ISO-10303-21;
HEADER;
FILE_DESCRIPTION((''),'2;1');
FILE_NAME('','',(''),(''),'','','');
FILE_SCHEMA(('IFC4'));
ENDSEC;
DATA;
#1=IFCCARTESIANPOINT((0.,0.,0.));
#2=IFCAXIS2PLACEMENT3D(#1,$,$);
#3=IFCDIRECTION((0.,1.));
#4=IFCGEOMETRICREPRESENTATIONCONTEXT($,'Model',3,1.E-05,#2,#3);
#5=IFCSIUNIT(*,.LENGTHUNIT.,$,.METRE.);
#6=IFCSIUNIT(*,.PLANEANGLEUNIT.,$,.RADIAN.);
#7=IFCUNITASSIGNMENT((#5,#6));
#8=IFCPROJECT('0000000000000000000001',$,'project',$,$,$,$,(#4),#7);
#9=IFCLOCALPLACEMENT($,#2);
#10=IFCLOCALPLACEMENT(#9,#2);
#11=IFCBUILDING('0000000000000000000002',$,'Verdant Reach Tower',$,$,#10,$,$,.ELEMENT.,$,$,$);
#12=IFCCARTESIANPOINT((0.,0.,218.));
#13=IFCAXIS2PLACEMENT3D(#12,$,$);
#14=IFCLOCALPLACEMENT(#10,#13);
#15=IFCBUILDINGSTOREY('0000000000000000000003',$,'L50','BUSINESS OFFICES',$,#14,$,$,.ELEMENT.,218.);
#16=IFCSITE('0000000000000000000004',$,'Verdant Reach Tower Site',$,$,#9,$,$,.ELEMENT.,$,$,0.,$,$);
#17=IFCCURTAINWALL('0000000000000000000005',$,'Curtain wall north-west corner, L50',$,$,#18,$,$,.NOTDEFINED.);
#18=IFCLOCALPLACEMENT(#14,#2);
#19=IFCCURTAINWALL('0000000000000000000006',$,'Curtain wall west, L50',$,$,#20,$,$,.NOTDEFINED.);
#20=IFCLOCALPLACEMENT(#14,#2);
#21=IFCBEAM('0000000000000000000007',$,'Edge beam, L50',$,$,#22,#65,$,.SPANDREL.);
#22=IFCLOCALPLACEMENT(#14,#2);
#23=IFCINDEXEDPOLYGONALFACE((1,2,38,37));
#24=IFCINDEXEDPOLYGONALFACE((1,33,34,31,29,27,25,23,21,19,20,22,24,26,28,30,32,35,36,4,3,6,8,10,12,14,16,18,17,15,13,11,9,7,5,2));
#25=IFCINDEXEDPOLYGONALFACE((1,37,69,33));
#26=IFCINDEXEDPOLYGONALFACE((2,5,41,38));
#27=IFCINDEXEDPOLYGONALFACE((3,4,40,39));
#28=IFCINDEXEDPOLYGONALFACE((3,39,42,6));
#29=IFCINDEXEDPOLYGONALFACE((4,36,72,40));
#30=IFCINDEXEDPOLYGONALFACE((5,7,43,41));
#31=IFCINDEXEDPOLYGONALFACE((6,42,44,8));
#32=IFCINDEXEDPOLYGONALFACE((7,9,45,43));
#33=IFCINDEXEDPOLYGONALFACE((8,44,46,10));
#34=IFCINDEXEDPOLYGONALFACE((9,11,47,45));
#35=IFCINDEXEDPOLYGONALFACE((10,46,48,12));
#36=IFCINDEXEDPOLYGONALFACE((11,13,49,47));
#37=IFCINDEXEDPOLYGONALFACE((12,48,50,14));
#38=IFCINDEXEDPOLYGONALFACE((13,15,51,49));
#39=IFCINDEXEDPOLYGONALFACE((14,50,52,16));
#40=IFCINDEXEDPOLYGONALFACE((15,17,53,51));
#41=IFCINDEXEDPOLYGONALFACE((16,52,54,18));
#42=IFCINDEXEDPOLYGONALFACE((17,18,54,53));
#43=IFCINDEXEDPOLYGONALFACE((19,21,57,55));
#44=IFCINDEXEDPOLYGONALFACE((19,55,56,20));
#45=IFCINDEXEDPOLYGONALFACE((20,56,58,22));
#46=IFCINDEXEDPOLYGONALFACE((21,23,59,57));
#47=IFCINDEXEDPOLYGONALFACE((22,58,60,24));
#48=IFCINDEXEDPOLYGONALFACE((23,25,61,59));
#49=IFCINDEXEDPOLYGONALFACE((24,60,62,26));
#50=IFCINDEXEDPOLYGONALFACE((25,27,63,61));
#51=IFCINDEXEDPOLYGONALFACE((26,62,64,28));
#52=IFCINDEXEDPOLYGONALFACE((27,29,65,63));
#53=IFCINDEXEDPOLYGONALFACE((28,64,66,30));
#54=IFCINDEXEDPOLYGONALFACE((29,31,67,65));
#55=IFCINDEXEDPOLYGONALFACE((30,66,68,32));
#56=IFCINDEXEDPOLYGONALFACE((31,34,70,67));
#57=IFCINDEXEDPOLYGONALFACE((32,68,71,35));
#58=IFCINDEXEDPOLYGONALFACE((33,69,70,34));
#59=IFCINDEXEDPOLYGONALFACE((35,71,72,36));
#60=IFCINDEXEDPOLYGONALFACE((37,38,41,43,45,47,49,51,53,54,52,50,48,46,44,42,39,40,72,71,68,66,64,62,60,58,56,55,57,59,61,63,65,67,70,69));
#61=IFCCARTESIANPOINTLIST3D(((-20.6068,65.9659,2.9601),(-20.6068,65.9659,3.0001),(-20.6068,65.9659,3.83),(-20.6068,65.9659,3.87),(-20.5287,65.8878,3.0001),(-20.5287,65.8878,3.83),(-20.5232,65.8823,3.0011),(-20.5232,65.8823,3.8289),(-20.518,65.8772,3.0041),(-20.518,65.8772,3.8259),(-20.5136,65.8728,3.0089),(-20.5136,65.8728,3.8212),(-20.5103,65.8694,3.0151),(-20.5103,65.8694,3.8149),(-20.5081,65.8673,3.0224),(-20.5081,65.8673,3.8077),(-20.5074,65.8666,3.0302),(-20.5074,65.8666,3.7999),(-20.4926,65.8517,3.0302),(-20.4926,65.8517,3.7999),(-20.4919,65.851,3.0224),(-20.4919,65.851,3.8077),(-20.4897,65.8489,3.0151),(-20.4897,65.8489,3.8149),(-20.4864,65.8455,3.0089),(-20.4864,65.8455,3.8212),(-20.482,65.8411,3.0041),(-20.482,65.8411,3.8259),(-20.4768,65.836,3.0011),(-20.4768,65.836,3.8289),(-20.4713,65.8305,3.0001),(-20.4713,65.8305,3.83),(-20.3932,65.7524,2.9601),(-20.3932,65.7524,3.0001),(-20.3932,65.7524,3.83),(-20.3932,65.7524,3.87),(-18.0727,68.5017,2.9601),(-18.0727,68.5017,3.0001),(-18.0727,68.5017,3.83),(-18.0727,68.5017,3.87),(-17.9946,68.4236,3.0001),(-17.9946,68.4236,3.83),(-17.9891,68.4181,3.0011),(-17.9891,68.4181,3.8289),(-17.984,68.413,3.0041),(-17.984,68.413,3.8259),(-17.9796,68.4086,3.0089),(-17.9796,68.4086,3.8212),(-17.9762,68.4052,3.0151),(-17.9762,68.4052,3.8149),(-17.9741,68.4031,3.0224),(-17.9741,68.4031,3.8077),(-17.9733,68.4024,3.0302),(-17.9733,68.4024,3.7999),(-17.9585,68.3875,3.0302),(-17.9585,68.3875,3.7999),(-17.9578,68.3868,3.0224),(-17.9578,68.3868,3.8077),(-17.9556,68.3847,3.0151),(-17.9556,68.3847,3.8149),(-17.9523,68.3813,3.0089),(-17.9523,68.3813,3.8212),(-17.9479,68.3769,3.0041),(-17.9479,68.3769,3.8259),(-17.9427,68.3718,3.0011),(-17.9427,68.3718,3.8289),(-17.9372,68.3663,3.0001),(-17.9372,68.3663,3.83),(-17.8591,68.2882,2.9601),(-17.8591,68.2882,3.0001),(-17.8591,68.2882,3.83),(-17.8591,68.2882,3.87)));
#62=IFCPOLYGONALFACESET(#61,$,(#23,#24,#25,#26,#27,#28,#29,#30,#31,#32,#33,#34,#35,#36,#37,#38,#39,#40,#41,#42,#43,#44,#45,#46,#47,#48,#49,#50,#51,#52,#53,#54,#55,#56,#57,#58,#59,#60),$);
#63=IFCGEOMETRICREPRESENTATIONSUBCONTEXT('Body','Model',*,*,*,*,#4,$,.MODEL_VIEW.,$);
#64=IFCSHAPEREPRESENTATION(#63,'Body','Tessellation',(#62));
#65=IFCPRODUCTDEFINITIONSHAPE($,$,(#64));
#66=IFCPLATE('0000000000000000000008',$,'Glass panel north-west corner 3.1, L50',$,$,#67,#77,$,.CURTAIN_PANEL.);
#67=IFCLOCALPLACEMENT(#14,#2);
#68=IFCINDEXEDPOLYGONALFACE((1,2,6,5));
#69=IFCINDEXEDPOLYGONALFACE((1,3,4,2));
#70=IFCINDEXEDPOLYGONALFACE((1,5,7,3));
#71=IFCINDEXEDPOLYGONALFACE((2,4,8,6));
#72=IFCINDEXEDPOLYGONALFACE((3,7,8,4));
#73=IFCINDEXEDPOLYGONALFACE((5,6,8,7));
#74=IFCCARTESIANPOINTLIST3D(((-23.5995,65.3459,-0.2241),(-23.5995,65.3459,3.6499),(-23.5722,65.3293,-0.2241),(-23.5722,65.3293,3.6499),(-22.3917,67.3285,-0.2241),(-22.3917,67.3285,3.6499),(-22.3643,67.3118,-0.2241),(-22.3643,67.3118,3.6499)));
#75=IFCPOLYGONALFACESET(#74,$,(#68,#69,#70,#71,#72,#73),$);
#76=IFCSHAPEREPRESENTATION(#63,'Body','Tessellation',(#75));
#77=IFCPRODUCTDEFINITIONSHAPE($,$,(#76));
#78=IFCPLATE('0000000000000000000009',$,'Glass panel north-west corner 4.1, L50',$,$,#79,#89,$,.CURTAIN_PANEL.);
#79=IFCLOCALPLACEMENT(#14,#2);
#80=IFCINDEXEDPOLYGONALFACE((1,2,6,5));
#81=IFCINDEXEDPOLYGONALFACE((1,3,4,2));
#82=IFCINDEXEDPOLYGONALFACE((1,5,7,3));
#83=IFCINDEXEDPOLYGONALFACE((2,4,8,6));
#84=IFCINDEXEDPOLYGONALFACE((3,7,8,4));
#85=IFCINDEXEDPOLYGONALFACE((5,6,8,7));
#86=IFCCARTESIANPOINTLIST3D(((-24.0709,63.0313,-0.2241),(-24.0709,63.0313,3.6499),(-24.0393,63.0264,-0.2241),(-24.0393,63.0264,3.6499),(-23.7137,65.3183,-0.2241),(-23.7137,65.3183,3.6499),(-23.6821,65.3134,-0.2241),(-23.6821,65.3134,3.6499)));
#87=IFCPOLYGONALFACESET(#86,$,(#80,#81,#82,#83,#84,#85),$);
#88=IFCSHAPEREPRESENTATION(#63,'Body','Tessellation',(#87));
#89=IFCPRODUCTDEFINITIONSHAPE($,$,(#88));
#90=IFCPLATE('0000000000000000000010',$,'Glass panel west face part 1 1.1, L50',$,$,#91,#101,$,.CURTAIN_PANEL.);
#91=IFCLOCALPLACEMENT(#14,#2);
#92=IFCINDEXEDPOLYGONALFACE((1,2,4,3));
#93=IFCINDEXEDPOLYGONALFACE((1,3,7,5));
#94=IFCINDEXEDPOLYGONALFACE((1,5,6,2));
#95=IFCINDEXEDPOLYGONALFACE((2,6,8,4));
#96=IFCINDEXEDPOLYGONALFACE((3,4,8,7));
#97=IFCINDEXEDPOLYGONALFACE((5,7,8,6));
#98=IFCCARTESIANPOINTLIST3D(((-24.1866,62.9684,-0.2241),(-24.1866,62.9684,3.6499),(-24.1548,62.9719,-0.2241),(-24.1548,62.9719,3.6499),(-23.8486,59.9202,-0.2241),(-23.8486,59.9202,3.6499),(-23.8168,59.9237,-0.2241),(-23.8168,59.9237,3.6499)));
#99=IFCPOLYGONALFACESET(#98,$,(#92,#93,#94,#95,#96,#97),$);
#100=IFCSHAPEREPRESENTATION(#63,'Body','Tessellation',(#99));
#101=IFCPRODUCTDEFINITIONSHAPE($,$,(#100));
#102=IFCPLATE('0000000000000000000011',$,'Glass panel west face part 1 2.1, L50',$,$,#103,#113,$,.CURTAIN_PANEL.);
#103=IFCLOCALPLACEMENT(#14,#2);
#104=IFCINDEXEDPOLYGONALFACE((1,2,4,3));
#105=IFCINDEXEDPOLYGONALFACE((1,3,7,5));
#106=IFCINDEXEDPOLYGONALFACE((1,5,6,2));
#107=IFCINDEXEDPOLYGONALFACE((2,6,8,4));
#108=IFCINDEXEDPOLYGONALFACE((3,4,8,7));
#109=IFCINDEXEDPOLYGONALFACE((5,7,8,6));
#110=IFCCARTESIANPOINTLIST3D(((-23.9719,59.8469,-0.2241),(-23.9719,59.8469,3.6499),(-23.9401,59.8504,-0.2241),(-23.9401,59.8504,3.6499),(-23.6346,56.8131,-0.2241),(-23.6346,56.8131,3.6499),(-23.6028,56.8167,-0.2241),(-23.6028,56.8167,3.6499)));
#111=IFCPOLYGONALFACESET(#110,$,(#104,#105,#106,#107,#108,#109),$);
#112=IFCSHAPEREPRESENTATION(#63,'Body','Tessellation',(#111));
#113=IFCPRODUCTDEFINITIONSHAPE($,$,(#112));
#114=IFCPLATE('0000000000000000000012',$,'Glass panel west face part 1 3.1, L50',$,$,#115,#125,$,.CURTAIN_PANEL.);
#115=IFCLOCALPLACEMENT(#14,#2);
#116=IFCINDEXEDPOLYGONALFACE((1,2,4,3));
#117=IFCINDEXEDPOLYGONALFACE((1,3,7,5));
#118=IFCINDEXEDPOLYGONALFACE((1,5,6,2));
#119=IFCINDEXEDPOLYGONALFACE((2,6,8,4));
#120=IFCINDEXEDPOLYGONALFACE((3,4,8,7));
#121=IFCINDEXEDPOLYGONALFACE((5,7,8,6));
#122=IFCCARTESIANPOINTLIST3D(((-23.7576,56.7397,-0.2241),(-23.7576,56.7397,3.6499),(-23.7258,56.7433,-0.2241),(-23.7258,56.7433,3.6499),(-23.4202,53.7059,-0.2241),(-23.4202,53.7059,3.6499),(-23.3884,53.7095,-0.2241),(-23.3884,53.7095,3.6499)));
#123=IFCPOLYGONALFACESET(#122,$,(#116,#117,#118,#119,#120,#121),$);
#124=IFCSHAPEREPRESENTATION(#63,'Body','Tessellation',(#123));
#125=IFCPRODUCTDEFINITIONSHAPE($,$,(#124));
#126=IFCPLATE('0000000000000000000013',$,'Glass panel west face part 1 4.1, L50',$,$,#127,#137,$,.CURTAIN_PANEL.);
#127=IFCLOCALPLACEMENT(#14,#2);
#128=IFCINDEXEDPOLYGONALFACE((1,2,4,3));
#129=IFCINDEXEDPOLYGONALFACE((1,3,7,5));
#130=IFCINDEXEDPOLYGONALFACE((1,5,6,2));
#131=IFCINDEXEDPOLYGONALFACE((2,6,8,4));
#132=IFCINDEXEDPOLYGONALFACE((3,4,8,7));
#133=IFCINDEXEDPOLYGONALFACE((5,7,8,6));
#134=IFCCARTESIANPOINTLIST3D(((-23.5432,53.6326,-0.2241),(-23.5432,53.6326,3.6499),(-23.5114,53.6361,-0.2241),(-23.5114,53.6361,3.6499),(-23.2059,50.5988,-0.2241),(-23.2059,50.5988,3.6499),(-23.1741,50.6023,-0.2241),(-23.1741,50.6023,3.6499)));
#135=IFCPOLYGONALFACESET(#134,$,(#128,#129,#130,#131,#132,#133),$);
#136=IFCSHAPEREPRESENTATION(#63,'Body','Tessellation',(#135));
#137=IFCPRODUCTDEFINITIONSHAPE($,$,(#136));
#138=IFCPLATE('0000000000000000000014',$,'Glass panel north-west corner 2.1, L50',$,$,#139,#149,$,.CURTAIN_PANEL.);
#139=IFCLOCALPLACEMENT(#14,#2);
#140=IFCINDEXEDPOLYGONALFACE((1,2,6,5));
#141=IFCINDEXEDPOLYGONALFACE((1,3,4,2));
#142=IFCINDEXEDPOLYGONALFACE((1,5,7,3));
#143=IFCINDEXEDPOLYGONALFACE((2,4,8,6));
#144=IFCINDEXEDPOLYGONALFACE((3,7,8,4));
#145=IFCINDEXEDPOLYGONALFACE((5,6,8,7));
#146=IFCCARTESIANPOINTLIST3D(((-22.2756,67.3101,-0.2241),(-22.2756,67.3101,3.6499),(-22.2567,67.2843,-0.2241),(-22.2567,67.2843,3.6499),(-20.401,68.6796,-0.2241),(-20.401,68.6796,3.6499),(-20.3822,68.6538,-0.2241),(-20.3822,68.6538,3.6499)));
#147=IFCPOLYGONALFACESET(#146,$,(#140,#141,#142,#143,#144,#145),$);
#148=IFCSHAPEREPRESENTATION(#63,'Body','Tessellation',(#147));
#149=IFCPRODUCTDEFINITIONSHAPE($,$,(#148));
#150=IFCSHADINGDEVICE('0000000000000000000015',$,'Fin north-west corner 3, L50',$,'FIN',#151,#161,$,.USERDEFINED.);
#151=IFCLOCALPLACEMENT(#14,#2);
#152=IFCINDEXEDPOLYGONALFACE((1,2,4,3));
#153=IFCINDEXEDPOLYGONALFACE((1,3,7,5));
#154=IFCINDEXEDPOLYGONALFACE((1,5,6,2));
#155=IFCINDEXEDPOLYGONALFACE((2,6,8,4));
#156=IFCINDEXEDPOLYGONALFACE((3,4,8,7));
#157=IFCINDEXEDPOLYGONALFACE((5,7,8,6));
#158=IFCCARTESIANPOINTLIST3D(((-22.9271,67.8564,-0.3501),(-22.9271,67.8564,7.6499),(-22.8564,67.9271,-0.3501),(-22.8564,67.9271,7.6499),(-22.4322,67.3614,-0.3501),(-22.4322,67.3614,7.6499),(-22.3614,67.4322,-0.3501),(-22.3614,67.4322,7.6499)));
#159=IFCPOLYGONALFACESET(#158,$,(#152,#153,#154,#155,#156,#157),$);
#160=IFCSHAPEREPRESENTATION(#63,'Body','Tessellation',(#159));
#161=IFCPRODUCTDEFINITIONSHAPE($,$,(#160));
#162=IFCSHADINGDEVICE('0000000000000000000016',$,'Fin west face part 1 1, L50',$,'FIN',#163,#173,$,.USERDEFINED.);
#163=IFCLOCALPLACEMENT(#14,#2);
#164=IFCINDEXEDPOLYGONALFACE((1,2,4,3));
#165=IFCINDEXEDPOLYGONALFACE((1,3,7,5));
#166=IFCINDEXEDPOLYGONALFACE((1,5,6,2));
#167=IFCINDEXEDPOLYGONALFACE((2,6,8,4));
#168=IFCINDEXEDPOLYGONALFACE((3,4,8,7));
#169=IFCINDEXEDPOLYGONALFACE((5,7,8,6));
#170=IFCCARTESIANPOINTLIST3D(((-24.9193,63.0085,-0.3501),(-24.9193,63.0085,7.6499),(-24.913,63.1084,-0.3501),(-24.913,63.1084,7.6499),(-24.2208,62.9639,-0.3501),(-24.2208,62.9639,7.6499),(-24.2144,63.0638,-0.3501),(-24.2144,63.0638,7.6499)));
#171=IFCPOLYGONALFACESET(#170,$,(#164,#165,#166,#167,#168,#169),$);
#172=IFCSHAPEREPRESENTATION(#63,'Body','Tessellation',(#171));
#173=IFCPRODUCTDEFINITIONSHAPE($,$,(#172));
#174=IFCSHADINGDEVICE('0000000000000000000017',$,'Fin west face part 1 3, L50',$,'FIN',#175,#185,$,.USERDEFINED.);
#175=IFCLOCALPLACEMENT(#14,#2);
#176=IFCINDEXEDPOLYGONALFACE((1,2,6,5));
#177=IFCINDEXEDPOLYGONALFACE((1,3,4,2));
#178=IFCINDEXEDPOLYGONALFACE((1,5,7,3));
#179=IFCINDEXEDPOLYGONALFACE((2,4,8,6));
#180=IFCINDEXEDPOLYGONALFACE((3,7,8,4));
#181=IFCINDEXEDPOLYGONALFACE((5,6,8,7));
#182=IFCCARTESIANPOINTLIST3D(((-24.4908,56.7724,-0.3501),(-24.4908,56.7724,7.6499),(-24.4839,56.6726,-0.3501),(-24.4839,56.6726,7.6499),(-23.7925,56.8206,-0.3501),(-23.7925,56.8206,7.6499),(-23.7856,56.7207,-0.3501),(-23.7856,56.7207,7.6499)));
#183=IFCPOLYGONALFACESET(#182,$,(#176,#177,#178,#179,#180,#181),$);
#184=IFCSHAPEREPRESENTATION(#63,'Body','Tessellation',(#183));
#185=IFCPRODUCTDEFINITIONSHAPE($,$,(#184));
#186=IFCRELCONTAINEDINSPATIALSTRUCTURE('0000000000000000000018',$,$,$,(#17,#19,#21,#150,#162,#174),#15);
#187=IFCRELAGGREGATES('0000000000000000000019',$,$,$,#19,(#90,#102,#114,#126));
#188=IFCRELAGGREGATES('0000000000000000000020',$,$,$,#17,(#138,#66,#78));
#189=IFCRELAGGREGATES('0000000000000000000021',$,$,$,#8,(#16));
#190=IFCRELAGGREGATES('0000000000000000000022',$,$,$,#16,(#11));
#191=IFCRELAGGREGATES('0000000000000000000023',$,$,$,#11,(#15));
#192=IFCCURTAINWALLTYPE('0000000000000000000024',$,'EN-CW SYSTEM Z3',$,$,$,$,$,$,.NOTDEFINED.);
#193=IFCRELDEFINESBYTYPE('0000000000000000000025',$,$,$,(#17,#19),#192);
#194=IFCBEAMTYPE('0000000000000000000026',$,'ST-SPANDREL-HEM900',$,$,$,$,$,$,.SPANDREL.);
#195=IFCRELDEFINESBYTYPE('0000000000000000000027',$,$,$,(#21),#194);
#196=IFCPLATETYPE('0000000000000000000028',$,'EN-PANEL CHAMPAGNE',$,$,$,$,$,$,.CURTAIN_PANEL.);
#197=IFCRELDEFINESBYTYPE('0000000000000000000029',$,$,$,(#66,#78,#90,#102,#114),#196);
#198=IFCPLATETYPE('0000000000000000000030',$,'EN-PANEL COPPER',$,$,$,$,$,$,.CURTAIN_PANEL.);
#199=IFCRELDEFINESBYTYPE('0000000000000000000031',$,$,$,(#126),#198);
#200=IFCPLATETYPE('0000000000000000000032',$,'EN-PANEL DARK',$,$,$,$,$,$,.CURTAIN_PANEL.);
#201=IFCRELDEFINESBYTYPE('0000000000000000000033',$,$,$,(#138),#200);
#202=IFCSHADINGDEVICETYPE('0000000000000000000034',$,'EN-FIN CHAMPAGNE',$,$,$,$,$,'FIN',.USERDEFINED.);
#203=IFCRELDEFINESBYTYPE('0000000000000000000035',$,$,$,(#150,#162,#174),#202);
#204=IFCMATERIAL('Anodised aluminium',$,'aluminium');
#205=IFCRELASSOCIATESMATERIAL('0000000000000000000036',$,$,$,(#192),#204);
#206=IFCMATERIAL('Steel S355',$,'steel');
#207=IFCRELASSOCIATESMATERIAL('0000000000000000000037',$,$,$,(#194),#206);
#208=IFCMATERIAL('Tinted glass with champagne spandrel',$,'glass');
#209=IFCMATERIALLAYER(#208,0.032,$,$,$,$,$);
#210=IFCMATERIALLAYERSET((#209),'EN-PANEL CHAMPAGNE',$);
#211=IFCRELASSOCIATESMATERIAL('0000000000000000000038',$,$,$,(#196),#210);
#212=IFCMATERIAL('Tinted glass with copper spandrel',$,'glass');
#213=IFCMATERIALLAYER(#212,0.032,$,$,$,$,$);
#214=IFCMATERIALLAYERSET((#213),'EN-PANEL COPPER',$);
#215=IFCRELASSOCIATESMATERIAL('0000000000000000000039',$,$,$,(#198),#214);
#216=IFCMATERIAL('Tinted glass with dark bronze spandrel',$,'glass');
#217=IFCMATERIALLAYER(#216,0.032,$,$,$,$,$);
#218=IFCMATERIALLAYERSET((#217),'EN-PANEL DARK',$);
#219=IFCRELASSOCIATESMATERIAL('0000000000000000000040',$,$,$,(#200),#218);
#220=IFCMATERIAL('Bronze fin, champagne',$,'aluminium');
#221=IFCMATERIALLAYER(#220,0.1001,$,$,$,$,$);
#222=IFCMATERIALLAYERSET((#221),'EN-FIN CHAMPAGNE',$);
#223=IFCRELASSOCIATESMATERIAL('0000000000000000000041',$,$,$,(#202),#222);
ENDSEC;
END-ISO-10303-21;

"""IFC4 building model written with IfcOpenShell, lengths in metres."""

from ifc_helpers import new_model, si_unit, direction, frame, origin, origin_2d, place, context, subcontext, project, spatial, rectangle, i_section, extrude, material, layer, layer_set, material_profile, profile_set, type_object, element, aggregate, save


model = new_model("IFC4")

# Units and contexts
model_context = context("Model", 3, precision=1e-05, world=origin(), true_north=direction((0.0, 1.0)))
body_context = subcontext(model_context, "Body", "Model", "MODEL_VIEW")
ifc_project = project(units=[si_unit("LENGTHUNIT", "METRE"), si_unit("PLANEANGLEUNIT", "RADIAN")], contexts=[model_context])

# Site, building, storey
site_placement = place(None, origin())
site = spatial("IfcSite", under=ifc_project, at=site_placement, Name="Verdant Reach Tower Site", CompositionType="ELEMENT", RefElevation=0.0)
building_placement = place(site_placement, origin())
building = spatial("IfcBuilding", under=site, at=building_placement, Name="Verdant Reach Tower", CompositionType="ELEMENT")
storey_placement = place(building_placement, frame((0.0, 0.0, 218.0)))
storey = spatial("IfcBuildingStorey", under=building, at=storey_placement, Name="L50", Description="BUSINESS OFFICES", CompositionType="ELEMENT", Elevation=218.0)

# Curtain walls
ifc_material_1 = material(Name="Anodised aluminium", Category="aluminium")
curtain_wall_type = type_object("IfcCurtainWallType", Name="EN-CW SYSTEM Z3", PredefinedType="NOTDEFINED", material=ifc_material_1)
curtain_wall_1_placement = place(storey_placement, origin())
curtain_wall_1 = element("IfcCurtainWall", 1, at=curtain_wall_1_placement, inside=storey, type_object=curtain_wall_type, Name="Curtain wall north-west corner, L50", PredefinedType="NOTDEFINED")
curtain_wall_2_placement = place(storey_placement, origin())
curtain_wall_2 = element("IfcCurtainWall", 2, at=curtain_wall_2_placement, inside=storey, type_object=curtain_wall_type, Name="Curtain wall west, L50", PredefinedType="NOTDEFINED")

# Beam
ifc_material_2 = material(Name="Steel S355", Category="steel")
ifc_material_profile_1 = material_profile(ifc_material_2, i_section(OverallWidth=0.302, OverallDepth=0.9099, WebThickness=0.021, FlangeThickness=0.04, FilletRadius=0.03, at=origin_2d()), Name="HEM 900")
ifc_profile_set_1 = profile_set([ifc_material_profile_1], Name="Steel S355")
beam_type = type_object("IfcBeamType", Name="ST-SPANDREL-HEM900", PredefinedType="SPANDREL", material=ifc_profile_set_1)
beam_1_placement = place(storey_placement, frame((-20.5, 65.8591, 3.415), z_axis=(0.706868, 0.707345, 0.0), x_axis=(-0.707345, 0.706868, 0.0)))
element("IfcBeam", 3, at=beam_1_placement, inside=storey, type_object=beam_type, Name="Edge beam, L50", PredefinedType="SPANDREL", context=body_context, shape_type="SweptSolid", body=[
    extrude(i_section(OverallWidth=0.302, OverallDepth=0.9099, WebThickness=0.021, FlangeThickness=0.04, FilletRadius=0.03, at=origin_2d()), origin(), (0.0, 0.0, 1.0), 3.585),
])

# Plates
ifc_material_3 = material(Name="Tinted glass with champagne spandrel", Category="glass")
ifc_layer_1 = layer(ifc_material_3, 0.032)
ifc_layer_set_1 = layer_set([ifc_layer_1], Name="EN-PANEL CHAMPAGNE")
plate_type_1 = type_object("IfcPlateType", Name="EN-PANEL CHAMPAGNE", PredefinedType="CURTAIN_PANEL", material=ifc_layer_set_1)
plate_1_placement = place(storey_placement, frame((-22.9819, 66.3289, -0.2241), z_axis=(0.0, 0.0, 1.0), x_axis=(-0.520292, -0.853989, 0.0)))
plate_1 = element("IfcPlate", 4, at=plate_1_placement, type_object=plate_type_1, Name="Glass panel north-west corner 3.1, L50", PredefinedType="CURTAIN_PANEL", context=body_context, shape_type="SweptSolid", body=[
    extrude(rectangle(XDim=2.3215, YDim=0.032, at=origin_2d()), origin(), (0.0, 0.0, 1.0), 3.874),
])
plate_2_placement = place(storey_placement, frame((-23.8765, 64.1724, -0.2241), z_axis=(0.0, 0.0, 1.0), x_axis=(-0.154312, -0.988022, 0.0)))
plate_2 = element("IfcPlate", 5, at=plate_2_placement, type_object=plate_type_1, Name="Glass panel north-west corner 4.1, L50", PredefinedType="CURTAIN_PANEL", context=body_context, shape_type="SweptSolid", body=[
    extrude(rectangle(XDim=2.3147, YDim=0.032, at=origin_2d()), origin(), (0.0, 0.0, 1.0), 3.874),
])
plate_3_placement = place(storey_placement, frame((-24.0017, 61.446, -0.2241), z_axis=(0.0, 0.0, 1.0), x_axis=(0.110214, -0.993908, 0.0)))
plate_3 = element("IfcPlate", 6, at=plate_3_placement, type_object=plate_type_1, Name="Glass panel west face part 1 1.1, L50", PredefinedType="CURTAIN_PANEL", context=body_context, shape_type="SweptSolid", body=[
    extrude(rectangle(XDim=3.0669, YDim=0.032, at=origin_2d()), origin(), (0.0, 0.0, 1.0), 3.874),
])
plate_4_placement = place(storey_placement, frame((-23.7874, 58.3318, -0.2241), z_axis=(0.0, 0.0, 1.0), x_axis=(0.110518, -0.993874, 0.0)))
plate_4 = element("IfcPlate", 7, at=plate_4_placement, type_object=plate_type_1, Name="Glass panel west face part 1 2.1, L50", PredefinedType="CURTAIN_PANEL", context=body_context, shape_type="SweptSolid", body=[
    extrude(rectangle(XDim=3.0525, YDim=0.032, at=origin_2d()), origin(), (0.0, 0.0, 1.0), 3.874),
])
plate_5_placement = place(storey_placement, frame((-23.573, 55.2246, -0.2241), z_axis=(0.0, 0.0, 1.0), x_axis=(0.110518, -0.993874, 0.0)))
plate_5 = element("IfcPlate", 8, at=plate_5_placement, type_object=plate_type_1, Name="Glass panel west face part 1 3.1, L50", PredefinedType="CURTAIN_PANEL", context=body_context, shape_type="SweptSolid", body=[
    extrude(rectangle(XDim=3.0525, YDim=0.032, at=origin_2d()), origin(), (0.0, 0.0, 1.0), 3.874),
])
ifc_material_4 = material(Name="Tinted glass with copper spandrel", Category="glass")
ifc_layer_2 = layer(ifc_material_4, 0.032)
ifc_layer_set_2 = layer_set([ifc_layer_2], Name="EN-PANEL COPPER")
plate_type_2 = type_object("IfcPlateType", Name="EN-PANEL COPPER", PredefinedType="CURTAIN_PANEL", material=ifc_layer_set_2)
plate_6_placement = place(storey_placement, frame((-23.3586, 52.1174, -0.2241), z_axis=(0.0, 0.0, 1.0), x_axis=(0.110518, -0.993874, 0.0)))
plate_6 = element("IfcPlate", 9, at=plate_6_placement, type_object=plate_type_2, Name="Glass panel west face part 1 4.1, L50", PredefinedType="CURTAIN_PANEL", context=body_context, shape_type="SweptSolid", body=[
    extrude(rectangle(XDim=3.0525, YDim=0.032, at=origin_2d()), origin(), (0.0, 0.0, 1.0), 3.874),
])
aggregate(curtain_wall_2, [plate_3, plate_4, plate_5, plate_6])
ifc_material_5 = material(Name="Tinted glass with dark bronze spandrel", Category="glass")
ifc_layer_3 = layer(ifc_material_5, 0.032)
ifc_layer_set_3 = layer_set([ifc_layer_3], Name="EN-PANEL DARK")
plate_type_3 = type_object("IfcPlateType", Name="EN-PANEL DARK", PredefinedType="CURTAIN_PANEL", material=ifc_layer_set_3)
plate_7_placement = place(storey_placement, frame((-21.3289, 67.9819, -0.2241), z_axis=(0.0, 0.0, 1.0), x_axis=(-0.807457, -0.589927, 0.0)))
plate_7 = element("IfcPlate", 10, at=plate_7_placement, type_object=plate_type_3, Name="Glass panel north-west corner 2.1, L50", PredefinedType="CURTAIN_PANEL", context=body_context, shape_type="SweptSolid", body=[
    extrude(rectangle(XDim=2.3215, YDim=0.032, at=origin_2d()), origin(), (0.0, 0.0, 1.0), 3.874),
])
aggregate(curtain_wall_1, [plate_7, plate_1, plate_2])

# Shading devices
ifc_material_6 = material(Name="Bronze fin, champagne", Category="aluminium")
ifc_layer_4 = layer(ifc_material_6, 0.1001)
ifc_layer_set_4 = layer_set([ifc_layer_4], Name="EN-FIN CHAMPAGNE")
shading_device_type_1 = type_object("IfcShadingDeviceType", Name="EN-FIN CHAMPAGNE", ElementType="FIN", PredefinedType="USERDEFINED", material=ifc_layer_set_4)
for number, where, z_axis, x_axis, name in (
    (11, (-22.6443, 67.6443, -0.3501), (0.0, 0.0, 1.0), (-0.707107, -0.707107, 0.0), "Fin north-west corner 3, L50"),
    (12, (-24.5669, 63.0361, -0.3501), (0.0, 0.0, 1.0), (-0.063699, -0.997969, 0.0), "Fin west face part 1 1, L50"),
    (13, (-24.1382, 56.7466, -0.3501), (0.0, 0.0, 1.0), (0.068802, -0.99763, 0.0), "Fin west face part 1 3, L50"),
):
    element("IfcShadingDevice", number, at=place(storey_placement, frame(where, z_axis=z_axis, x_axis=x_axis)), inside=storey, type_object=shading_device_type_1, Name=name, ObjectType="FIN", PredefinedType="USERDEFINED", context=body_context, shape_type="SweptSolid", body=[
        extrude(rectangle(XDim=0.1001, YDim=0.7, at=origin_2d()), origin(), (0.0, 0.0, 1.0), 8.0),
    ])

save(model, "model.ifc")
